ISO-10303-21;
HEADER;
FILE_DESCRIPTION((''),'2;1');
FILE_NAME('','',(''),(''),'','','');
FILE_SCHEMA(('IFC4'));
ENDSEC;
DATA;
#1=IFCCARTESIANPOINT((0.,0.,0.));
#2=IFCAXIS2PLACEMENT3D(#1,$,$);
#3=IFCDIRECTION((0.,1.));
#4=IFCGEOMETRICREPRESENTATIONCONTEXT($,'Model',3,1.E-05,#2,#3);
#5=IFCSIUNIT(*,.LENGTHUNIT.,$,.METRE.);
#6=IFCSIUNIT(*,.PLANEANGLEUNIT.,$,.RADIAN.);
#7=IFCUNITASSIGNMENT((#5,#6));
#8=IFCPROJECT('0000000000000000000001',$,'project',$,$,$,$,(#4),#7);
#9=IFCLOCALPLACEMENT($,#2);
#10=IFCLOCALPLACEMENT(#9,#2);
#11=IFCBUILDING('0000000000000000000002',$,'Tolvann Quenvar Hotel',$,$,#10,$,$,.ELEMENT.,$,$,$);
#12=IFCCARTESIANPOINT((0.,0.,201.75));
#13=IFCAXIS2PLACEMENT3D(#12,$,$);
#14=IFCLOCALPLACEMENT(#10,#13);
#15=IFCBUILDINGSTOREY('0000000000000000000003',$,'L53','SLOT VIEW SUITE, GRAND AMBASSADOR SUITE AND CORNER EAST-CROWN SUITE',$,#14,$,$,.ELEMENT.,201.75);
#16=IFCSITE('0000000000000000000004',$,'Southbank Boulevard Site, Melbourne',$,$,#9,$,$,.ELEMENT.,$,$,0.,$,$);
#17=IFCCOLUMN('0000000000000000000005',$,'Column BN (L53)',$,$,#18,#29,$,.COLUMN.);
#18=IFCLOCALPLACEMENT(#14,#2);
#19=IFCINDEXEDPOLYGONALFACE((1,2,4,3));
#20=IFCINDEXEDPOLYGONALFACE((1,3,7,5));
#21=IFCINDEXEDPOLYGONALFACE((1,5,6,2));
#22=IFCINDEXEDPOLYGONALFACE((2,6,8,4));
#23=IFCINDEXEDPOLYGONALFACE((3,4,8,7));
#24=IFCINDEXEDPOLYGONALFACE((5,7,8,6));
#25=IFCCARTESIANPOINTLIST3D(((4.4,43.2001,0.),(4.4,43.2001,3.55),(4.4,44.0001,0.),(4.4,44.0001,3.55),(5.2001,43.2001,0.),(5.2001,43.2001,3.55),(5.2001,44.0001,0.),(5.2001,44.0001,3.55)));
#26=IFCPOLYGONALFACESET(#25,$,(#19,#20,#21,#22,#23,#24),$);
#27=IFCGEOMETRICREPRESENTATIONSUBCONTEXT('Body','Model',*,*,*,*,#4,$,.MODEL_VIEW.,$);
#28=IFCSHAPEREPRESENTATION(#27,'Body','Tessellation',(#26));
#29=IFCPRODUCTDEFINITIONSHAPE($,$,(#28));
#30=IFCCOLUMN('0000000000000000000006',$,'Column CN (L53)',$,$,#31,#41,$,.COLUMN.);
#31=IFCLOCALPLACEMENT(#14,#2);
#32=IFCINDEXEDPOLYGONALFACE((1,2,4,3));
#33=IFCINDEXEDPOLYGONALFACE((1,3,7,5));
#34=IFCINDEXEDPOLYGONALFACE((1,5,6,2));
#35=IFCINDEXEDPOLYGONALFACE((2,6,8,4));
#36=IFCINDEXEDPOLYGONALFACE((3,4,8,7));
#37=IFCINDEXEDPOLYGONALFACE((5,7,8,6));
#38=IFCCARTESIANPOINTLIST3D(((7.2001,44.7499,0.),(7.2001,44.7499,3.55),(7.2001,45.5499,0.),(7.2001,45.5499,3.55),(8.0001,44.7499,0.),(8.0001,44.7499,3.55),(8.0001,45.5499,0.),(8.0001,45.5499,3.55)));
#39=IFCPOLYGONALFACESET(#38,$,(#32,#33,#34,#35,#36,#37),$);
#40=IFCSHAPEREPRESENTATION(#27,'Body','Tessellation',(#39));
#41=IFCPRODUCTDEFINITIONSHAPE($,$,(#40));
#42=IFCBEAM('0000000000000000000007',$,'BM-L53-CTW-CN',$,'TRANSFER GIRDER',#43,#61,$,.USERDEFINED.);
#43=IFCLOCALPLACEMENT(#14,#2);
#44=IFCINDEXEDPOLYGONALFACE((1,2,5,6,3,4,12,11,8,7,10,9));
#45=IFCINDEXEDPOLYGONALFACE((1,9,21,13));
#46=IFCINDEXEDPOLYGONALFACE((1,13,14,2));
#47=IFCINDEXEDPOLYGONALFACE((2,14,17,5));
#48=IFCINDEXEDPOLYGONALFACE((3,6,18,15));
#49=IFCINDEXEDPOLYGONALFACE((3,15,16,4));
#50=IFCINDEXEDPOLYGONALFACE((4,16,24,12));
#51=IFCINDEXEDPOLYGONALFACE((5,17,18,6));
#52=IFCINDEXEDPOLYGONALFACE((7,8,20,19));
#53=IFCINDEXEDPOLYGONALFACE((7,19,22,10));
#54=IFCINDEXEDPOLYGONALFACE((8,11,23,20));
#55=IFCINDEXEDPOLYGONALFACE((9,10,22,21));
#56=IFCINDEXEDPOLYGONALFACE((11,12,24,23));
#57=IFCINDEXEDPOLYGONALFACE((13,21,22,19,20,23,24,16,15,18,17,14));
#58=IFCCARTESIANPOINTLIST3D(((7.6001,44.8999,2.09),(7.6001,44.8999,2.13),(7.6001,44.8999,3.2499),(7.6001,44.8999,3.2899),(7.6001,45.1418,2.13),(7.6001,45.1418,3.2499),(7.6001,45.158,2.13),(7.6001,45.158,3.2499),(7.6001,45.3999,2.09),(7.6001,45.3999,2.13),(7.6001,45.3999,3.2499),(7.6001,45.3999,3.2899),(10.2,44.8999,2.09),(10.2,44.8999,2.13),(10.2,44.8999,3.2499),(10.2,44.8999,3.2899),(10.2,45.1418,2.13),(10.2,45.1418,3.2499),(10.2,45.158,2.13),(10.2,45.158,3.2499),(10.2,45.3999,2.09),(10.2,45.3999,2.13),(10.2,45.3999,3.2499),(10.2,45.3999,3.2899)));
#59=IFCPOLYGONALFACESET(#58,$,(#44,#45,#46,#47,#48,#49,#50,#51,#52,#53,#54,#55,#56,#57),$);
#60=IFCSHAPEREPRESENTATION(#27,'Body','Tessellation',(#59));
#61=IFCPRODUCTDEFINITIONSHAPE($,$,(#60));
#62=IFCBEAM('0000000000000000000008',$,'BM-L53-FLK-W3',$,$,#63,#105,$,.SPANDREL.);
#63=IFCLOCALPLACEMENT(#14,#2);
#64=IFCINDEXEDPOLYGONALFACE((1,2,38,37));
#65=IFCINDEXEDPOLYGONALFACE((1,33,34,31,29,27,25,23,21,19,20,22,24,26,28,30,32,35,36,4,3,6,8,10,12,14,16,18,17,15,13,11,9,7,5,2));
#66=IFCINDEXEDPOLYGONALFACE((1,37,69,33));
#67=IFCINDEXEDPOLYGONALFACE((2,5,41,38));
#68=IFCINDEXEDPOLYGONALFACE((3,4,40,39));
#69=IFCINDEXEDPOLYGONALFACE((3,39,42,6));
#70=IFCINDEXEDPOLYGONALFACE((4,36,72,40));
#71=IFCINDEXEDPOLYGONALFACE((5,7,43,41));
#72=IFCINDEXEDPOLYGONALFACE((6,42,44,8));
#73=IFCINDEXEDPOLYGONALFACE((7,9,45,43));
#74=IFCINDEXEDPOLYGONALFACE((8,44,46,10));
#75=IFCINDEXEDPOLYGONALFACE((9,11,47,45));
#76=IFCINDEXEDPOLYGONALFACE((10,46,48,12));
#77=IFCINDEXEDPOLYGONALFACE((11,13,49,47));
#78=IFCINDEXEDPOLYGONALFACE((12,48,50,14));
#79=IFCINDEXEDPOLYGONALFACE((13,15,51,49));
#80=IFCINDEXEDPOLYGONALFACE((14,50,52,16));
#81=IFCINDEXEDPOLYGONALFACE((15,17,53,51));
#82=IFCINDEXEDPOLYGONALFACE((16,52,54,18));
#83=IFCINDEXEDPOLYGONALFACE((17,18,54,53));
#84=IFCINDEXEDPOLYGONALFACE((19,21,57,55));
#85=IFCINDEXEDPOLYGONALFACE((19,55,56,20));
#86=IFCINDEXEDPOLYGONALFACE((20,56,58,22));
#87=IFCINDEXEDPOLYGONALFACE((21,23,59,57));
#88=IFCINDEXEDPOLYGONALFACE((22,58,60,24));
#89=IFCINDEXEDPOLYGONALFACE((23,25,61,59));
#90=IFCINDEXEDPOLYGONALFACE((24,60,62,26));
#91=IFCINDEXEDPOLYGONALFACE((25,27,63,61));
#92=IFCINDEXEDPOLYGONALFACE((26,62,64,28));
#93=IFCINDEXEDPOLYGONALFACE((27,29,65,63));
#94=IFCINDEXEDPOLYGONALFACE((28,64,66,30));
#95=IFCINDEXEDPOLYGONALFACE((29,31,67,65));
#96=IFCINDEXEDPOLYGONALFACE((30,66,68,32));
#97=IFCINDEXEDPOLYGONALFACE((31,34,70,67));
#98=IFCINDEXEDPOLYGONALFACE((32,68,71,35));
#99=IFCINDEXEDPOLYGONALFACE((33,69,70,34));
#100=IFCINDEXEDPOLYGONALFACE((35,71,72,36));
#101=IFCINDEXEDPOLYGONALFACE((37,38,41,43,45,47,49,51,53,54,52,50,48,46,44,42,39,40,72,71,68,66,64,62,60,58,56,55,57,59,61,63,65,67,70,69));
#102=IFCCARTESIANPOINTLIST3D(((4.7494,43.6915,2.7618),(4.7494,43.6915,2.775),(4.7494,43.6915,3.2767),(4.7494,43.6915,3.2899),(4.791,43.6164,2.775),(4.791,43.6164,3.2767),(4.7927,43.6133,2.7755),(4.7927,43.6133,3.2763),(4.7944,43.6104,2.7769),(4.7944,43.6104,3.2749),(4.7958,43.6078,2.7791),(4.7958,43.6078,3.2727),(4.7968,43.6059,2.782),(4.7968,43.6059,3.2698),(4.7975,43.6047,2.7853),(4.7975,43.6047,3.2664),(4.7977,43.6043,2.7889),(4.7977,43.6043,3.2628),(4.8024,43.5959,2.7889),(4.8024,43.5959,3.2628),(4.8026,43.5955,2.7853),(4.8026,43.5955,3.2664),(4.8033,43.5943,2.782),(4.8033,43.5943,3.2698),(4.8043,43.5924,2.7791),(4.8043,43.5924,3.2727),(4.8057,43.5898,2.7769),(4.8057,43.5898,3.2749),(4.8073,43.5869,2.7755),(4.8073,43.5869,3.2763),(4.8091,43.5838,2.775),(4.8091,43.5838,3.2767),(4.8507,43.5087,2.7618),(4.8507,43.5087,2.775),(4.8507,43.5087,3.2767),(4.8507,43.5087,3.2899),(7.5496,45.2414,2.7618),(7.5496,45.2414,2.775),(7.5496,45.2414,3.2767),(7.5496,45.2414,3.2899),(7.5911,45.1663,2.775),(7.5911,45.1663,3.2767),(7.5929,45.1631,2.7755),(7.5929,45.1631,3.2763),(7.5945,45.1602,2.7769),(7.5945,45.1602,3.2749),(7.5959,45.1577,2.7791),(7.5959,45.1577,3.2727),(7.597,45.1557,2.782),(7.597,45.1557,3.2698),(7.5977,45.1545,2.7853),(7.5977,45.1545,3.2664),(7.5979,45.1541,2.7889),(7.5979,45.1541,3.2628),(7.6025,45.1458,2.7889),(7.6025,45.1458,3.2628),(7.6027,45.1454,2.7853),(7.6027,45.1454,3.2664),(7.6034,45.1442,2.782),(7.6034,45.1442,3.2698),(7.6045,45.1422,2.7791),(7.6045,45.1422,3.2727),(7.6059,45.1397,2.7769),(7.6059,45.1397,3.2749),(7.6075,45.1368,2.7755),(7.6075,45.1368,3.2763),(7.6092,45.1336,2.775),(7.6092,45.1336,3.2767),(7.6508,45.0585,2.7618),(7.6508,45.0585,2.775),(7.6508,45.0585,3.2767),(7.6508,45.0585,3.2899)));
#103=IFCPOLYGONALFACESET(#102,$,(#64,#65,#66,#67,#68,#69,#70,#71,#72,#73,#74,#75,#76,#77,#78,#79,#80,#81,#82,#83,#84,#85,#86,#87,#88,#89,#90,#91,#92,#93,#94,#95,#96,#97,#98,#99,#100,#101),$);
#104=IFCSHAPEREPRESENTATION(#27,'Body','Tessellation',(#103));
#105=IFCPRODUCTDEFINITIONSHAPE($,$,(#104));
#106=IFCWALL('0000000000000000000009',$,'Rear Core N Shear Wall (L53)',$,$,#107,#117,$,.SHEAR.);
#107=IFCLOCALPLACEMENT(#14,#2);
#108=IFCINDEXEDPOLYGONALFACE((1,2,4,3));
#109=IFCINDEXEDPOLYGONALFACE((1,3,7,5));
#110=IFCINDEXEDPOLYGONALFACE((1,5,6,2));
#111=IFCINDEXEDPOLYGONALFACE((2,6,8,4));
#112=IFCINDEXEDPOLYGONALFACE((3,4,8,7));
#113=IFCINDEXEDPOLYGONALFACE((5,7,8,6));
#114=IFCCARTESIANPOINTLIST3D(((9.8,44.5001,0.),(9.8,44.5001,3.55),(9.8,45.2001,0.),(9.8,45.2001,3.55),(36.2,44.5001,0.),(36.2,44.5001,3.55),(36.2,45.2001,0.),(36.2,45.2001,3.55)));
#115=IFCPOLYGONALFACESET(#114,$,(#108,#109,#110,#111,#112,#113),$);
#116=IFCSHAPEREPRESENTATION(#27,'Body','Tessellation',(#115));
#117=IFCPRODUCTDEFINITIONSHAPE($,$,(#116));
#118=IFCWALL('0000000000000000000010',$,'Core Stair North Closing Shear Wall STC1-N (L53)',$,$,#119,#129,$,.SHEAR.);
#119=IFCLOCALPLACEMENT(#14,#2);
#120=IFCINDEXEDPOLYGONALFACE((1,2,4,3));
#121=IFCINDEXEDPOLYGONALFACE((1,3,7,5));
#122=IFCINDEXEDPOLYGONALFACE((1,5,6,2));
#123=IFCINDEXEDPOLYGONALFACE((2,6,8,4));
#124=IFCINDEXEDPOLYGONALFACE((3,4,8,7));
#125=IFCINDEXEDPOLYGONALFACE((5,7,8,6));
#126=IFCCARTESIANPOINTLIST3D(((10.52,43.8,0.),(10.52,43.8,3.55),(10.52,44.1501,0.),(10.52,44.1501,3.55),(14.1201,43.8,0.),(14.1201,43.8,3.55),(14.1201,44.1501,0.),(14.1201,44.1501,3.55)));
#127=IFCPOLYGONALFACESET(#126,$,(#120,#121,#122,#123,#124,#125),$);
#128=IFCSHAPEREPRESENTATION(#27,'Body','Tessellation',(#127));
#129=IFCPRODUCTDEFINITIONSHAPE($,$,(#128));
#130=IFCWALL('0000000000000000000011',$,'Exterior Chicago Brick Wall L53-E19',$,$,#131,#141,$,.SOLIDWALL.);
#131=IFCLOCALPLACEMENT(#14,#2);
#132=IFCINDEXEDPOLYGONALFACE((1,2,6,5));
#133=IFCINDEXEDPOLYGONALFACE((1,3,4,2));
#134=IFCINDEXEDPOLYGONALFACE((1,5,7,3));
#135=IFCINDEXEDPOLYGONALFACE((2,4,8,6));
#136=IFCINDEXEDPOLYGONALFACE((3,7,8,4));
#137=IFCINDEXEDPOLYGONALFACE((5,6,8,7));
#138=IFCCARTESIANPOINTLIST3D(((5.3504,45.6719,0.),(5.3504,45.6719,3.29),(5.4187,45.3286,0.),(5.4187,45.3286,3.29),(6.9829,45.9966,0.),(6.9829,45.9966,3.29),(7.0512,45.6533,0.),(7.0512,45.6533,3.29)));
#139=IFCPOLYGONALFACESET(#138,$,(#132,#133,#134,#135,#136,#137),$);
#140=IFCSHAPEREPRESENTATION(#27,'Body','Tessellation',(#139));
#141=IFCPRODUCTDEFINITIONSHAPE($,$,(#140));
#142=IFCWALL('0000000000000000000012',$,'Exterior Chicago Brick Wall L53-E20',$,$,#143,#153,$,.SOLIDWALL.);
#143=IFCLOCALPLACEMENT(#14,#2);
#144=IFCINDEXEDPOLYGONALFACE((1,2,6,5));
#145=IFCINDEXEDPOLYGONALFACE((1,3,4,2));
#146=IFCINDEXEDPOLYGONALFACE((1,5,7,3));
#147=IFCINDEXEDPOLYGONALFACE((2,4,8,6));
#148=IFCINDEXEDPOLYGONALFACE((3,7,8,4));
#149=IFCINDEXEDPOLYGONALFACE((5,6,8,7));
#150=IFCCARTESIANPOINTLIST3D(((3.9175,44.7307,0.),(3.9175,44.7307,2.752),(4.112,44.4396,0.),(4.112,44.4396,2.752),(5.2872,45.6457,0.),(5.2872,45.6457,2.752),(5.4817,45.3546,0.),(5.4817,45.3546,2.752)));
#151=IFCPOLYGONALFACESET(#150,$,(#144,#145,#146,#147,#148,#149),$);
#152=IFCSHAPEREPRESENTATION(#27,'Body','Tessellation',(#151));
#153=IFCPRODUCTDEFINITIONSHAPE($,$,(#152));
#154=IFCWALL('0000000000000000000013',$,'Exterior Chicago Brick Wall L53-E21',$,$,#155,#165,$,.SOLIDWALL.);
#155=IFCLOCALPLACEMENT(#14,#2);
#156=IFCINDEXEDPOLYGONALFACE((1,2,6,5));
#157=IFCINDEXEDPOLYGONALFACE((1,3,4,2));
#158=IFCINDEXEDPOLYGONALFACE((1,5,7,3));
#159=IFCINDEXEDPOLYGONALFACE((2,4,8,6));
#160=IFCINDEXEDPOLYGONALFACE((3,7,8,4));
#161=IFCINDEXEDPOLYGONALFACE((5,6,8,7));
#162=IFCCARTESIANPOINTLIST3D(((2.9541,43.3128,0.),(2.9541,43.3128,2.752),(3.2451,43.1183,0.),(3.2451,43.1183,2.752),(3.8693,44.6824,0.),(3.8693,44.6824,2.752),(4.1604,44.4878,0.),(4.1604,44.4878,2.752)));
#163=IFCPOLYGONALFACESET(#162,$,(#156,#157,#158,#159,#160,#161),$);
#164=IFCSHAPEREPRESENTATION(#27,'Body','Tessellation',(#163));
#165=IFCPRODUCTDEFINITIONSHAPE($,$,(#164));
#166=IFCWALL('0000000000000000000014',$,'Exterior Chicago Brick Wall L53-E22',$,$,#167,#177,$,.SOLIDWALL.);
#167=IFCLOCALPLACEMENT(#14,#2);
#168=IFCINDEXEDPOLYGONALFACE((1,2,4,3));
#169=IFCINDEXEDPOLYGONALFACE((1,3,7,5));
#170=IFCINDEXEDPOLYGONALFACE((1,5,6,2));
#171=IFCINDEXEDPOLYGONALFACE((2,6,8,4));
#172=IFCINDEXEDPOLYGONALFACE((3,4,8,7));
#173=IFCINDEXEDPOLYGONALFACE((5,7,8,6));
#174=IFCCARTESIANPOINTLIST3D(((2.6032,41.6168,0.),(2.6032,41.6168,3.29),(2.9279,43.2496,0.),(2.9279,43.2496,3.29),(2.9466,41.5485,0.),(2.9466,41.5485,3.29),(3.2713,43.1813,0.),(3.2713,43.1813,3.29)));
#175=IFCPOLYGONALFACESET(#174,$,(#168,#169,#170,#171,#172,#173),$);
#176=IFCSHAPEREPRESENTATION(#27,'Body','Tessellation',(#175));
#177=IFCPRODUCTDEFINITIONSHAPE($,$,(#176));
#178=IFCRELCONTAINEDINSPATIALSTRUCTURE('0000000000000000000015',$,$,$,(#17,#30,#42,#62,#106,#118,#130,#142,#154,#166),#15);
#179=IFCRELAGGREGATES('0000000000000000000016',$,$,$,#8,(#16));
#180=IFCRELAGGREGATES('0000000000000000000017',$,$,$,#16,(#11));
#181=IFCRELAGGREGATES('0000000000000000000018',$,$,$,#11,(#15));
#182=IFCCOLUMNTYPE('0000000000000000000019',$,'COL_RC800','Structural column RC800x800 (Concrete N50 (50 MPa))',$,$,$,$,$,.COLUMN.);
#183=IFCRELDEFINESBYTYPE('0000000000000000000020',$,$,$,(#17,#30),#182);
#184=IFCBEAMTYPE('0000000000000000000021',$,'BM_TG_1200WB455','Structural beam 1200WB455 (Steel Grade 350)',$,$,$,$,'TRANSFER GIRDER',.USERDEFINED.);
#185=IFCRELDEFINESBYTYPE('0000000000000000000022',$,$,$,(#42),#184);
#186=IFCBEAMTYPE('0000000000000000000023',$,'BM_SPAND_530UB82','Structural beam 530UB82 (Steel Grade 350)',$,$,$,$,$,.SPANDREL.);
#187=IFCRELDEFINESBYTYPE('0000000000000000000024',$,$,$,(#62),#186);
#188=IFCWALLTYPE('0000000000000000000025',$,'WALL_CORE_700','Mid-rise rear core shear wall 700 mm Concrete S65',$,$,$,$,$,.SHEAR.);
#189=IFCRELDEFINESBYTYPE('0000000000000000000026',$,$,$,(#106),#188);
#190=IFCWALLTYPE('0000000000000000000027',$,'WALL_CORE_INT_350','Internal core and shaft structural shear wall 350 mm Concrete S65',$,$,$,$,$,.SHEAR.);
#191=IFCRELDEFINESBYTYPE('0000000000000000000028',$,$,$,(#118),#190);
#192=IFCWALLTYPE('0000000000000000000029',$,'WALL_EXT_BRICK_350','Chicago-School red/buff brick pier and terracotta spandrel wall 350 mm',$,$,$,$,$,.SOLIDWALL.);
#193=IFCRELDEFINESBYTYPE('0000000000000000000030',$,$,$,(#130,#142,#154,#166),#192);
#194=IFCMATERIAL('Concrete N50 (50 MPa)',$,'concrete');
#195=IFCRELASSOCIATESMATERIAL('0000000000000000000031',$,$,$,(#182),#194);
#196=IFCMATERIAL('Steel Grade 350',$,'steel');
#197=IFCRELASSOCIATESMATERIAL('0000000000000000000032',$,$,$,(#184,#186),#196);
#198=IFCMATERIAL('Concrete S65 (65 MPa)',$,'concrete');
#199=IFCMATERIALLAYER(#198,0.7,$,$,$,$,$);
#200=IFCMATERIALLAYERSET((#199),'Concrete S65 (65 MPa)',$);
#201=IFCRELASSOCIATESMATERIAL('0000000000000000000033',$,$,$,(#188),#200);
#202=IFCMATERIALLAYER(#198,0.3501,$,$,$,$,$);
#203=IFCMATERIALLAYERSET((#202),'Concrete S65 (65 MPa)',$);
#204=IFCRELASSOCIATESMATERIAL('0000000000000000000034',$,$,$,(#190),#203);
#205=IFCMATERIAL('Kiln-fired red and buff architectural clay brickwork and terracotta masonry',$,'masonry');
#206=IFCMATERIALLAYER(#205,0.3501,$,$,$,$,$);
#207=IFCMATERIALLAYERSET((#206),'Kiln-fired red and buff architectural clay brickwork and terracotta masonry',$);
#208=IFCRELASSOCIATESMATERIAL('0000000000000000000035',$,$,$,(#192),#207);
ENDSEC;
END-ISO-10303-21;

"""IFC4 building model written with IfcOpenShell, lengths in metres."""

from ifc_helpers import new_model, si_unit, direction, frame, frame_2d, origin, origin_2d, place, context, subcontext, project, spatial, rectangle, i_section, extrude, source, transform, mapped, material, layer, layer_set, material_profile, profile_set, type_object, type_shapes, element, save


model = new_model("IFC4")

# Units and contexts
model_context = context("Model", 3, precision=1e-05, world=origin(), true_north=direction((0.0, 1.0)))
body_context = subcontext(model_context, "Body", "Model", "MODEL_VIEW")
ifc_project = project(units=[si_unit("LENGTHUNIT", "METRE"), si_unit("PLANEANGLEUNIT", "RADIAN")], contexts=[model_context])

# Site, building, storey
site_placement = place(None, origin())
site = spatial("IfcSite", under=ifc_project, at=site_placement, Name="Southbank Boulevard Site, Melbourne", CompositionType="ELEMENT", RefElevation=0.0)
building_placement = place(site_placement, origin())
building = spatial("IfcBuilding", under=site, at=building_placement, Name="Tolvann Quenvar Hotel", CompositionType="ELEMENT")
storey_placement = place(building_placement, frame((0.0, 0.0, 201.75)))
storey = spatial("IfcBuildingStorey", under=building, at=storey_placement, Name="L53", Description="SLOT VIEW SUITE, GRAND AMBASSADOR SUITE AND CORNER EAST-CROWN SUITE", CompositionType="ELEMENT", Elevation=201.75)

# Columns
ifc_material_1 = material(Name="Concrete N50 (50 MPa)", Category="concrete")
ifc_material_profile_1 = material_profile(ifc_material_1, rectangle(XDim=0.8, YDim=0.8, at=origin_2d()), Name="RC800x800")
ifc_profile_set_1 = profile_set([ifc_material_profile_1], Name="Concrete N50 (50 MPa)")
column_type = type_object("IfcColumnType", Name="COL_RC800", Description="Structural column RC800x800 (Concrete N50 (50 MPa))", PredefinedType="COLUMN", material=ifc_profile_set_1)
shared_shape_1 = source(origin(), body_context, "Body", "SweptSolid", [
    extrude(rectangle(XDim=0.8, YDim=0.8, at=origin_2d()), origin(), (0.0, 0.0, 1.0), 3.55),
])
type_shapes(column_type, [shared_shape_1])
for number, where, z_axis, x_axis, name in (
    (1, (4.8, 43.6001, 0.0), (0.0, 0.0, 1.0), (1.0, 0.0, 0.0), "Column BN (L53)"),
    (2, (7.6001, 45.1499, 0.0), (0.0, 0.0, 1.0), (1.0, 0.0, 0.0), "Column CN (L53)"),
):
    element("IfcColumn", number, at=place(storey_placement, frame(where, z_axis=z_axis, x_axis=x_axis)), inside=storey, type_object=column_type, Name=name, PredefinedType="COLUMN", context=body_context, shape_type="MappedRepresentation", body=[
        mapped(shared_shape_1, transform((0.0, 0.0, 0.0), x_axis=(1.0, 0.0, 0.0), y_axis=(0.0, 1.0, 0.0), z_axis=(0.0, 0.0, 1.0), scale=1.0)),
    ])

# Beams
ifc_material_2 = material(Name="Steel Grade 350", Category="steel")
ifc_material_profile_2 = material_profile(ifc_material_2, i_section(OverallWidth=0.5, OverallDepth=1.2, WebThickness=0.0161, FlangeThickness=0.04, at=origin_2d()), Name="1200WB455")
ifc_profile_set_2 = profile_set([ifc_material_profile_2], Name="Steel Grade 350")
beam_type_1 = type_object("IfcBeamType", Name="BM_TG_1200WB455", Description="Structural beam 1200WB455 (Steel Grade 350)", ElementType="TRANSFER GIRDER", PredefinedType="USERDEFINED", material=ifc_profile_set_2)
shared_shape_2 = source(origin(), body_context, "Body", "SweptSolid", [
    extrude(i_section(OverallWidth=0.5, OverallDepth=1.2, WebThickness=0.0161, FlangeThickness=0.04, at=origin_2d()), origin(), (0.0, 0.0, 1.0), 2.5999),
])
type_shapes(beam_type_1, [shared_shape_2])
beam_1_placement = place(storey_placement, frame((7.6001, 45.1499, 2.6899), z_axis=(1.0, 0.0, 0.0), x_axis=(0.0, 1.0, 0.0)))
element("IfcBeam", 3, at=beam_1_placement, inside=storey, type_object=beam_type_1, Name="BM-L53-CTW-CN", ObjectType="TRANSFER GIRDER", PredefinedType="USERDEFINED", context=body_context, shape_type="MappedRepresentation", body=[
    mapped(shared_shape_2, transform((0.0, 0.0, 0.0), x_axis=(1.0, 0.0, 0.0), y_axis=(0.0, 1.0, 0.0), z_axis=(0.0, 0.0, 1.0), scale=1.0)),
])
ifc_material_profile_3 = material_profile(ifc_material_2, i_section(OverallWidth=0.209, OverallDepth=0.5281, WebThickness=0.0095, FlangeThickness=0.0132, FilletRadius=0.0139, at=origin_2d()), Name="530UB82")
ifc_profile_set_3 = profile_set([ifc_material_profile_3], Name="Steel Grade 350")
beam_type_2 = type_object("IfcBeamType", Name="BM_SPAND_530UB82", Description="Structural beam 530UB82 (Steel Grade 350)", PredefinedType="SPANDREL", material=ifc_profile_set_3)
shared_shape_3 = source(origin(), body_context, "Body", "SweptSolid", [
    extrude(i_section(OverallWidth=0.209, OverallDepth=0.5281, WebThickness=0.0095, FlangeThickness=0.0132, FilletRadius=0.0139, at=origin_2d()), origin(), (0.0, 0.0, 1.0), 3.2004),
])
type_shapes(beam_type_2, [shared_shape_3])
beam_2_placement = place(storey_placement, frame((4.8, 43.6001, 3.0259), z_axis=(0.874923, 0.484263, 0.0), x_axis=(-0.484263, 0.874923, 0.0)))
element("IfcBeam", 4, at=beam_2_placement, inside=storey, type_object=beam_type_2, Name="BM-L53-FLK-W3", PredefinedType="SPANDREL", context=body_context, shape_type="MappedRepresentation", body=[
    mapped(shared_shape_3, transform((0.0, 0.0, 0.0), x_axis=(1.0, 0.0, 0.0), y_axis=(0.0, 1.0, 0.0), z_axis=(0.0, 0.0, 1.0), scale=1.0)),
])

# Walls
ifc_material_3 = material(Name="Concrete S65 (65 MPa)", Category="concrete")
ifc_layer_1 = layer(ifc_material_3, 0.7)
ifc_layer_set_1 = layer_set([ifc_layer_1], Name="Concrete S65 (65 MPa)")
wall_type_1 = type_object("IfcWallType", Name="WALL_CORE_700", Description="Mid-rise rear core shear wall 700 mm Concrete S65", PredefinedType="SHEAR", material=ifc_layer_set_1)
wall_1_placement = place(storey_placement, frame((9.8, 44.8501, 0.0), z_axis=(0.0, 0.0, 1.0), x_axis=(1.0, 0.0, 0.0)))
element("IfcWall", 5, at=wall_1_placement, inside=storey, type_object=wall_type_1, Name="Rear Core N Shear Wall (L53)", PredefinedType="SHEAR", context=body_context, shape_type="SweptSolid", body=[
    extrude(rectangle(XDim=26.3999, YDim=0.7, at=frame_2d((13.2, 0.0))), origin(), (0.0, 0.0, 1.0), 3.55),
])
ifc_layer_2 = layer(ifc_material_3, 0.3501)
ifc_layer_set_2 = layer_set([ifc_layer_2], Name="Concrete S65 (65 MPa)")
wall_type_2 = type_object("IfcWallType", Name="WALL_CORE_INT_350", Description="Internal core and shaft structural shear wall 350 mm Concrete S65", PredefinedType="SHEAR", material=ifc_layer_set_2)
wall_2_placement = place(storey_placement, frame((10.52, 43.9751, 0.0), z_axis=(0.0, 0.0, 1.0), x_axis=(1.0, 0.0, 0.0)))
element("IfcWall", 6, at=wall_2_placement, inside=storey, type_object=wall_type_2, Name="Core Stair North Closing Shear Wall STC1-N (L53)", PredefinedType="SHEAR", context=body_context, shape_type="SweptSolid", body=[
    extrude(rectangle(XDim=3.6001, YDim=0.3501, at=frame_2d((1.8, 0.0))), origin(), (0.0, 0.0, 1.0), 3.55),
])
ifc_material_4 = material(Name="Kiln-fired red and buff architectural clay brickwork and terracotta masonry", Category="masonry")
ifc_layer_3 = layer(ifc_material_4, 0.3501)
ifc_layer_set_3 = layer_set([ifc_layer_3], Name="Kiln-fired red and buff architectural clay brickwork and terracotta masonry")
wall_type_3 = type_object("IfcWallType", Name="WALL_EXT_BRICK_350", Description="Chicago-School red/buff brick pier and terracotta spandrel wall 350 mm", PredefinedType="SOLIDWALL", material=ifc_layer_set_3)
wall_3_placement = place(storey_placement, frame((7.0171, 45.825, 0.0), z_axis=(0.0, 0.0, 1.0), x_axis=(-0.980789, -0.195072, 0.0)))
element("IfcWall", 7, at=wall_3_placement, inside=storey, type_object=wall_type_3, Name="Exterior Chicago Brick Wall L53-E19", PredefinedType="SOLIDWALL", context=body_context, shape_type="SweptSolid", body=[
    extrude(rectangle(XDim=1.6646, YDim=0.3501, at=frame_2d((0.8323, 0.0))), origin(), (0.0, 0.0, 1.0), 3.29),
])
for number, where, z_axis, x_axis, name in (
    (8, (5.3845, 45.5002, 0.0), (0.0, 0.0, 1.0), (-0.831503, -0.555521, 0.0), "Exterior Chicago Brick Wall L53-E20"),
    (9, (4.0149, 44.5852, 0.0), (0.0, 0.0, 1.0), (-0.555623, -0.831434, 0.0), "Exterior Chicago Brick Wall L53-E21"),
):
    element("IfcWall", number, at=place(storey_placement, frame(where, z_axis=z_axis, x_axis=x_axis)), inside=storey, type_object=wall_type_3, Name=name, PredefinedType="SOLIDWALL", context=body_context, shape_type="SweptSolid", body=[
        extrude(rectangle(XDim=1.6472, YDim=0.3501, at=frame_2d((0.8237, 0.0))), origin(), (0.0, 0.0, 1.0), 2.752),
    ])
wall_4_placement = place(storey_placement, frame((3.0996, 43.2156, 0.0), z_axis=(0.0, 0.0, 1.0), x_axis=(-0.195044, -0.980794, 0.0)))
element("IfcWall", 10, at=wall_4_placement, inside=storey, type_object=wall_type_3, Name="Exterior Chicago Brick Wall L53-E22", PredefinedType="SOLIDWALL", context=body_context, shape_type="SweptSolid", body=[
    extrude(rectangle(XDim=1.6648, YDim=0.3501, at=frame_2d((0.8325, 0.0))), origin(), (0.0, 0.0, 1.0), 3.29),
])

save(model, "model.ifc")
